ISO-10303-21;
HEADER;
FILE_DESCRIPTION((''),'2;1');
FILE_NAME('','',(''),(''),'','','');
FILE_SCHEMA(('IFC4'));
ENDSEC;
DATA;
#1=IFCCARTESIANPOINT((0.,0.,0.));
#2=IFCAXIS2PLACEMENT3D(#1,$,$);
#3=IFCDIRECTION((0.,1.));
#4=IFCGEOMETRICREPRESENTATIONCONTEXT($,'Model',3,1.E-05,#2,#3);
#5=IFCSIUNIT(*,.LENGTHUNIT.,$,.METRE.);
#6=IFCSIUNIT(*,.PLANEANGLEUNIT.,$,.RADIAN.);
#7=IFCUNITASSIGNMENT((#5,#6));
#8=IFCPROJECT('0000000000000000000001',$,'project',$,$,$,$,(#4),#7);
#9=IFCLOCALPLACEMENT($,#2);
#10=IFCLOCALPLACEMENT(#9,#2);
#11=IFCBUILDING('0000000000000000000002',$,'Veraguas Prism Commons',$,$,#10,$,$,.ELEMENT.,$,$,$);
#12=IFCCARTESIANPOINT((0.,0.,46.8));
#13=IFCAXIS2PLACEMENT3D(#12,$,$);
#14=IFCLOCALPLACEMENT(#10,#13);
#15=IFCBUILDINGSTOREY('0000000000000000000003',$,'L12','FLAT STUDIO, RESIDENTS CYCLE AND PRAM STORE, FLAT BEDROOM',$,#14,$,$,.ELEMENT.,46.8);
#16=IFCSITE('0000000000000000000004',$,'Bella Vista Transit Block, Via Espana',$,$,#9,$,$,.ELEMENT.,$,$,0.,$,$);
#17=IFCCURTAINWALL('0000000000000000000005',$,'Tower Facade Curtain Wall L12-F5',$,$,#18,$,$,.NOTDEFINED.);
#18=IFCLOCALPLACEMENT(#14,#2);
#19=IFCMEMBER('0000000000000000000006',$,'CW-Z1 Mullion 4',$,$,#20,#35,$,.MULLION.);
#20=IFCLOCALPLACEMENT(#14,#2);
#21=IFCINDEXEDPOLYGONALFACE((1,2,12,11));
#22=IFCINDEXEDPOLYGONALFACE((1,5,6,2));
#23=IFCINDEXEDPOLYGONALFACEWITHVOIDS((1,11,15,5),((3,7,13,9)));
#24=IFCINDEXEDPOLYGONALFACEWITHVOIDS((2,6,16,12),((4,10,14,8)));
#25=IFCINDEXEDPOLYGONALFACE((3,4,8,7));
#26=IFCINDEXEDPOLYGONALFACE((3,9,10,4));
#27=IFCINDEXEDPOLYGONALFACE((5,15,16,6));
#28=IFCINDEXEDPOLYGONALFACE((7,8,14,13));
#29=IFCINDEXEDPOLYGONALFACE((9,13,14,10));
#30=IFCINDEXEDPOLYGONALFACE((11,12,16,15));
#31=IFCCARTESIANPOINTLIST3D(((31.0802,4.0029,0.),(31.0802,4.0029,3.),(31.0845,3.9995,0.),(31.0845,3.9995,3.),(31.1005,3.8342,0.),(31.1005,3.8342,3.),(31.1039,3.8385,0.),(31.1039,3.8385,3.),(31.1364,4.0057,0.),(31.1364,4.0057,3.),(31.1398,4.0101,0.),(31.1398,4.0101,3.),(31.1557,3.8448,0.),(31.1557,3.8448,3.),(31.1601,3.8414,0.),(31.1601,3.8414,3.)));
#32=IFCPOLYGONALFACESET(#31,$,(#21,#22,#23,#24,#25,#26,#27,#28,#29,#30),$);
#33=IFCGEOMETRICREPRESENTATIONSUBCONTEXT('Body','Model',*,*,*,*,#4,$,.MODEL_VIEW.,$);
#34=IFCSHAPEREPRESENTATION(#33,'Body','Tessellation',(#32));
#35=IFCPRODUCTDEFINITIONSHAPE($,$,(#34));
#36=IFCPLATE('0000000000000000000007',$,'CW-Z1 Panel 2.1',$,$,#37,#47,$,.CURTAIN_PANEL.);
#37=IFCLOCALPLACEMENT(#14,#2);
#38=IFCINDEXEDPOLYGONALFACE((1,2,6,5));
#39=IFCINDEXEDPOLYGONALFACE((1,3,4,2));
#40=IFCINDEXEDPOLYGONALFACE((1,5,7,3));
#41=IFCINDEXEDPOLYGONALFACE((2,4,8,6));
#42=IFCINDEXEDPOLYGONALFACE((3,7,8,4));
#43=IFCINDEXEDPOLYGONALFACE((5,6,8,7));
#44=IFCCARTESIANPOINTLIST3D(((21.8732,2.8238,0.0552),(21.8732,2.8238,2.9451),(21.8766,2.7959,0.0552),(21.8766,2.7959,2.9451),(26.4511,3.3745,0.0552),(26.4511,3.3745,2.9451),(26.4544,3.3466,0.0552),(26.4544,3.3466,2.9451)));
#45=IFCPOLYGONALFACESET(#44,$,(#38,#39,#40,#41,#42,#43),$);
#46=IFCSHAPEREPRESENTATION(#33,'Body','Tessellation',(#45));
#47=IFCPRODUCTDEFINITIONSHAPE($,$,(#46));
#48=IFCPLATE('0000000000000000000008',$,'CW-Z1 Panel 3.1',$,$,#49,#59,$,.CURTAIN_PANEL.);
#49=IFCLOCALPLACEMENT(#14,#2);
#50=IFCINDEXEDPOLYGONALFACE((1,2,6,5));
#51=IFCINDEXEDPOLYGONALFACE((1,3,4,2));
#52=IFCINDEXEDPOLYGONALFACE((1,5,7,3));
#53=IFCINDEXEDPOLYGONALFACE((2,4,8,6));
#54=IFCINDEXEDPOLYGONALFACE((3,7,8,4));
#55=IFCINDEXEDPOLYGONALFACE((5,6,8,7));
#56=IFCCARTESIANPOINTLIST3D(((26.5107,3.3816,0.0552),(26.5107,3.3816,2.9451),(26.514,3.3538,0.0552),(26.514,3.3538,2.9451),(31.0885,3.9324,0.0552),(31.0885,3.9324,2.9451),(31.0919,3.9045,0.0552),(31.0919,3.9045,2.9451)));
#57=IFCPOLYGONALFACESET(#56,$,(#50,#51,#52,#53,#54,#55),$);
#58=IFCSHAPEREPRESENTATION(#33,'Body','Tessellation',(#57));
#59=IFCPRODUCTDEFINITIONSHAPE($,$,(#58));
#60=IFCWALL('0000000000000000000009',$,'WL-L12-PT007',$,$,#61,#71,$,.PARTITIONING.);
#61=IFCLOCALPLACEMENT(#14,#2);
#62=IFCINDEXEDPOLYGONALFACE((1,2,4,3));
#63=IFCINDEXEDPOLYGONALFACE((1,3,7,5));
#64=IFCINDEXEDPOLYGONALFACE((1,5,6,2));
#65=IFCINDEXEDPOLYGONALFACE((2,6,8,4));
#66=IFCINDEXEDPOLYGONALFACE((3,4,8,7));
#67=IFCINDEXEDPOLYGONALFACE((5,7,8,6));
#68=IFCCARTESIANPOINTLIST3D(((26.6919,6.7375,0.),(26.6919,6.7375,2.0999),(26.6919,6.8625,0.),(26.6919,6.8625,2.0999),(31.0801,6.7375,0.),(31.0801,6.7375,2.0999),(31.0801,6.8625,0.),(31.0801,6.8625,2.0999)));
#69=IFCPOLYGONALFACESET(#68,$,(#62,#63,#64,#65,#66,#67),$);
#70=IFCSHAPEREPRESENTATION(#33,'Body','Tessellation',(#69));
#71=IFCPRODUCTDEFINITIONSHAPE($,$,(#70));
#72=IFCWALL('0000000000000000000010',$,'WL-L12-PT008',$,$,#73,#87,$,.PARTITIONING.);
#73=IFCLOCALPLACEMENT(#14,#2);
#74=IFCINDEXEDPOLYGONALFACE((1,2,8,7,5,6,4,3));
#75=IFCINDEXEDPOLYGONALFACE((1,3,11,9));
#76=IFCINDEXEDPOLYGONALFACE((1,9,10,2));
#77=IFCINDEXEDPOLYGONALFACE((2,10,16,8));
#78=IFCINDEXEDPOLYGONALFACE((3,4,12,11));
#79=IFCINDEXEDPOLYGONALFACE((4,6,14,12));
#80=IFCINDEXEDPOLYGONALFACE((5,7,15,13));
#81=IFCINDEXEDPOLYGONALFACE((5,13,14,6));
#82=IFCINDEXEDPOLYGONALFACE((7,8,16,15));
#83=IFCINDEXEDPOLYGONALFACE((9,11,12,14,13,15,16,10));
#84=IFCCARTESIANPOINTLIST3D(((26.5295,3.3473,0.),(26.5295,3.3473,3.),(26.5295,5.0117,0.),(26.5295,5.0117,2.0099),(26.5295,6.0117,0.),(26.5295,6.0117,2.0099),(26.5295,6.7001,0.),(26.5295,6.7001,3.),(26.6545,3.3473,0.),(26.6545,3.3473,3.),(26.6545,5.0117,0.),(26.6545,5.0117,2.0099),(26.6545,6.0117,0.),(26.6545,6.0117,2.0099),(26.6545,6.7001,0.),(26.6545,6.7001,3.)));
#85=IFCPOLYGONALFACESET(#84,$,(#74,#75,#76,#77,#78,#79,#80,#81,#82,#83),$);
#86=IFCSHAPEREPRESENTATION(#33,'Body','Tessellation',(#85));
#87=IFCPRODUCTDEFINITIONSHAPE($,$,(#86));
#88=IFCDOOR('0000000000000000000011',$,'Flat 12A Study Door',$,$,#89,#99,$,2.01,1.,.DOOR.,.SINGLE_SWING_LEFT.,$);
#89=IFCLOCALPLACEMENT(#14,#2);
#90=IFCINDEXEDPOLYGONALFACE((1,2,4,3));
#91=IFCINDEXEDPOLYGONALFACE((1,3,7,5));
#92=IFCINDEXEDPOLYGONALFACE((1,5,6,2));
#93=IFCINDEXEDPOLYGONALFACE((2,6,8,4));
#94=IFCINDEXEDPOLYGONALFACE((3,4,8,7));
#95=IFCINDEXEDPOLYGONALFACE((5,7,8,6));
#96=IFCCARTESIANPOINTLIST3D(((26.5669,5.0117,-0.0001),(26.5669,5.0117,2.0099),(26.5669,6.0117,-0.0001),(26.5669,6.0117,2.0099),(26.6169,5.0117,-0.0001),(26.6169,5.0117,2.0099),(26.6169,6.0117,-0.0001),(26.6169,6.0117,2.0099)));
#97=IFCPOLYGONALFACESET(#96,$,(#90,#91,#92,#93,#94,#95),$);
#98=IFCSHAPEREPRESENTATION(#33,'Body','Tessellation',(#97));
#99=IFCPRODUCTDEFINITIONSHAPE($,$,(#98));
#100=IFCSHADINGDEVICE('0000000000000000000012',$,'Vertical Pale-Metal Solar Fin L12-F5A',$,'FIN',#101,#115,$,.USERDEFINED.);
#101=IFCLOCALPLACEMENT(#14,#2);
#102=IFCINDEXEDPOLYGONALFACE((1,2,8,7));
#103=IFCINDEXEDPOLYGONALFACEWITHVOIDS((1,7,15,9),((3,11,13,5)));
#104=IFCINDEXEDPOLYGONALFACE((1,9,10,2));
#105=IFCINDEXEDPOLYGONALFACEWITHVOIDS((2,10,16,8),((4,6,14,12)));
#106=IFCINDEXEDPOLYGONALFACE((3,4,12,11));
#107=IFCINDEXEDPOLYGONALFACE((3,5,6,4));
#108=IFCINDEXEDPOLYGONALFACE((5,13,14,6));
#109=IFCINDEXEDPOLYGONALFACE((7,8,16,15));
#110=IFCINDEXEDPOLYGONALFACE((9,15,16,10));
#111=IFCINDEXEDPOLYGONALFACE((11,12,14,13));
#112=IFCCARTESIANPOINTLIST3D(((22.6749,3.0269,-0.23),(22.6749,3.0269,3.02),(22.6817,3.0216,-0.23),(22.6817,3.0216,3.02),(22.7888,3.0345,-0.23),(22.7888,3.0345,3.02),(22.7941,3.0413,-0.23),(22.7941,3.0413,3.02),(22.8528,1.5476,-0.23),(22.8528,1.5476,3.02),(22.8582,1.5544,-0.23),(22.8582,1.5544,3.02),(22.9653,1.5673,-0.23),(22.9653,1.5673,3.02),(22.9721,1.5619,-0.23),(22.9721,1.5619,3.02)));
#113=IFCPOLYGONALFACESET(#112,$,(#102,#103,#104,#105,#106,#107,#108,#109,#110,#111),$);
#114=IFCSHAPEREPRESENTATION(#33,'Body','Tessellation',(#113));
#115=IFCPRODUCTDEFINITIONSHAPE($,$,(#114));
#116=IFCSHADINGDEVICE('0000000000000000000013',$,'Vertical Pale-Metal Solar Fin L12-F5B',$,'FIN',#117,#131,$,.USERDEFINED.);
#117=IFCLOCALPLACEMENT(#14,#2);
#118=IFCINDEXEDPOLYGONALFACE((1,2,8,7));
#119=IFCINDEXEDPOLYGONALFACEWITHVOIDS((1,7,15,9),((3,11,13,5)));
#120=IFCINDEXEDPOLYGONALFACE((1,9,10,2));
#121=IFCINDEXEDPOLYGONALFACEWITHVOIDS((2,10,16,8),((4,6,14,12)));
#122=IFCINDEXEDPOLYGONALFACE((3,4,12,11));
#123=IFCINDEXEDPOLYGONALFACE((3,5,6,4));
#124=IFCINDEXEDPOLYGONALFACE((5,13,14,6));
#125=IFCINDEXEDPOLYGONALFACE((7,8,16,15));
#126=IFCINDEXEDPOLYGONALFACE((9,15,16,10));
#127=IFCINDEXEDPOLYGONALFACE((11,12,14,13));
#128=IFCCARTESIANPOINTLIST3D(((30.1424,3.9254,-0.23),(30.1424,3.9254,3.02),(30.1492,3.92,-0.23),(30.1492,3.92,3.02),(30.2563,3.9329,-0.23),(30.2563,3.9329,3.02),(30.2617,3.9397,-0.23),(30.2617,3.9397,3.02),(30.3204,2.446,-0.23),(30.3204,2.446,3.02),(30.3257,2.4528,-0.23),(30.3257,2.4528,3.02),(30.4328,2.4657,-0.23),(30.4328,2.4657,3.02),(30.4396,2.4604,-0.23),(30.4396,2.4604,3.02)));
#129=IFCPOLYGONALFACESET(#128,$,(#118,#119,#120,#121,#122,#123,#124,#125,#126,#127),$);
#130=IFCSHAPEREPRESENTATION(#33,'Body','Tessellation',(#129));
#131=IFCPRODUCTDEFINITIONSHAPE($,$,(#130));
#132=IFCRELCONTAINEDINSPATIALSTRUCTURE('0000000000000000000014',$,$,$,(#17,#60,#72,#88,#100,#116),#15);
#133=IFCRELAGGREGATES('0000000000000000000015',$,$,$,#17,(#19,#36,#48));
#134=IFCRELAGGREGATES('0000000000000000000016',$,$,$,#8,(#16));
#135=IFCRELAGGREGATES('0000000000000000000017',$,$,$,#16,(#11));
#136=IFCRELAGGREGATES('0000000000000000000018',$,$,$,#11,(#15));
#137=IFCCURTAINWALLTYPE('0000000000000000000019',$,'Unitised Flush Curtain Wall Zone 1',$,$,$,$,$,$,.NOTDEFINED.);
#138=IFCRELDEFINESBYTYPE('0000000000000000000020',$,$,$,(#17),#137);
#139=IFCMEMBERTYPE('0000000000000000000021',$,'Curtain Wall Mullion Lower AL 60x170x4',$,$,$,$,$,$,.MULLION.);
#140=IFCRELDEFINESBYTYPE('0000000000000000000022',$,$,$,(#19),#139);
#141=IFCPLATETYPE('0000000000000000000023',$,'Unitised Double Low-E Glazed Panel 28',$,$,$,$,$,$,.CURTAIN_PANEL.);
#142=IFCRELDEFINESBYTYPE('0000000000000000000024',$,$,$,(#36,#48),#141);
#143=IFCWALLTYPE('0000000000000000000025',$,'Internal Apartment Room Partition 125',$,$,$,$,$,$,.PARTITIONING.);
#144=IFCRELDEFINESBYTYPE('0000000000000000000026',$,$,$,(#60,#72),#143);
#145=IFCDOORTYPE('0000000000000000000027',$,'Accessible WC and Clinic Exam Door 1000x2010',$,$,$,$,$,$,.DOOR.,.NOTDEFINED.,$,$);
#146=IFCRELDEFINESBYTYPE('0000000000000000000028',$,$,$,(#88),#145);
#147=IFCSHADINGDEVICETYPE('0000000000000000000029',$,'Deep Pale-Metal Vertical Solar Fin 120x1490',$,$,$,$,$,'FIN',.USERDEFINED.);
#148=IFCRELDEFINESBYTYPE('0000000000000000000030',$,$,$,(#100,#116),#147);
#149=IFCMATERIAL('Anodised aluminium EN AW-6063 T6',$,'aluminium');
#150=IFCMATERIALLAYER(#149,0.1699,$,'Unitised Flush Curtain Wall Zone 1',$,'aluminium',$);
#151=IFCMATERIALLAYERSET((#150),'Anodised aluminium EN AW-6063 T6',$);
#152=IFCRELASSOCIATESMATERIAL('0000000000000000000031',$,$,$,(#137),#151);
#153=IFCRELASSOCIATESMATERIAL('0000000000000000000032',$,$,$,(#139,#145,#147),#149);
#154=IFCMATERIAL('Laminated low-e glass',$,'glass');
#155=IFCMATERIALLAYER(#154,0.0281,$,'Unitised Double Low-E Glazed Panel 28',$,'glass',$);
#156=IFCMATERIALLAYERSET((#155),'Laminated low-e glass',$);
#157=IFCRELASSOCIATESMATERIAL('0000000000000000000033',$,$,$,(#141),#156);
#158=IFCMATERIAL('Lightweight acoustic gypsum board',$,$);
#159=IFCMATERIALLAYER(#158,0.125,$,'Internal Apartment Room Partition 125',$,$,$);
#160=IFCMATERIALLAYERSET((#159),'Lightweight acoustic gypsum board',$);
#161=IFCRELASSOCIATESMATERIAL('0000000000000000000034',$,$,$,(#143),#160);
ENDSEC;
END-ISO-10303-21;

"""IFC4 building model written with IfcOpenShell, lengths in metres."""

from ifc_helpers import new_model, si_unit, direction, frame, frame_2d, origin, origin_2d, place, context, subcontext, project, spatial, rectangle, hollow_rectangle, extrude, source, transform, mapped, material, layer, layer_set, material_profile, profile_set, type_object, element, fill, aggregate, save


model = new_model("IFC4")

# Units and contexts
model_context = context("Model", 3, precision=1e-05, world=origin(), true_north=direction((0.0, 1.0)))
body_context = subcontext(model_context, "Body", "Model", "MODEL_VIEW")
ifc_project = project(units=[si_unit("LENGTHUNIT", "METRE"), si_unit("PLANEANGLEUNIT", "RADIAN")], contexts=[model_context])

# Site, building, storey
site_placement = place(None, origin())
site = spatial("IfcSite", under=ifc_project, at=site_placement, Name="Bella Vista Transit Block, Via Espana", CompositionType="ELEMENT", RefElevation=0.0)
building_placement = place(site_placement, origin())
building = spatial("IfcBuilding", under=site, at=building_placement, Name="Veraguas Prism Commons", CompositionType="ELEMENT")
storey_placement = place(building_placement, frame((0.0, 0.0, 46.8)))
storey = spatial("IfcBuildingStorey", under=building, at=storey_placement, Name="L12", Description="FLAT STUDIO, RESIDENTS CYCLE AND PRAM STORE, FLAT BEDROOM", CompositionType="ELEMENT", Elevation=46.8)

# Curtain wall, member, plates
ifc_material_1 = material(Name="Anodised aluminium EN AW-6063 T6", Category="aluminium")
ifc_layer_1 = layer(ifc_material_1, 0.1699, Name="Unitised Flush Curtain Wall Zone 1", Category="aluminium")
ifc_layer_set_1 = layer_set([ifc_layer_1], Name="Anodised aluminium EN AW-6063 T6")
curtain_wall_type = type_object("IfcCurtainWallType", Name="Unitised Flush Curtain Wall Zone 1", PredefinedType="NOTDEFINED", material=ifc_layer_set_1)
curtain_wall_placement = place(storey_placement, origin())
curtain_wall = element("IfcCurtainWall", 1, at=curtain_wall_placement, inside=storey, type_object=curtain_wall_type, Name="Tower Facade Curtain Wall L12-F5", PredefinedType="NOTDEFINED")
ifc_material_profile_1 = material_profile(ifc_material_1, hollow_rectangle(XDim=0.0601, YDim=0.1699, WallThickness=0.0039, at=origin_2d()), Name="AL60X170X4")
ifc_profile_set_1 = profile_set([ifc_material_profile_1], Name="Anodised aluminium EN AW-6063 T6")
member_type = type_object("IfcMemberType", Name="Curtain Wall Mullion Lower AL 60x170x4", PredefinedType="MULLION", material=ifc_profile_set_1)
shared_shape_1 = source(origin(), body_context, "Body", "SweptSolid", [
    extrude(hollow_rectangle(XDim=0.0601, YDim=0.1699, WallThickness=0.0039, at=origin_2d()), origin(), (0.0, 0.0, 1.0), 3.0),
])
member_1_placement = place(storey_placement, frame((31.1201, 3.9221, 0.0), z_axis=(0.0, 0.0, 1.0), x_axis=(0.992841, 0.11944, 0.0)))
member_1 = element("IfcMember", 2, at=member_1_placement, type_object=member_type, Name="CW-Z1 Mullion 4", PredefinedType="MULLION", context=body_context, shape_type="MappedRepresentation", body=[
    mapped(shared_shape_1, transform((0.0, 0.0, 0.0), scale=1.0)),
])
ifc_material_2 = material(Name="Laminated low-e glass", Category="glass")
ifc_layer_2 = layer(ifc_material_2, 0.0281, Name="Unitised Double Low-E Glazed Panel 28", Category="glass")
ifc_layer_set_2 = layer_set([ifc_layer_2], Name="Laminated low-e glass")
plate_type = type_object("IfcPlateType", Name="Unitised Double Low-E Glazed Panel 28", PredefinedType="CURTAIN_PANEL", material=ifc_layer_set_2)
shared_shape_2 = source(origin(), body_context, "Body", "SweptSolid", [
    extrude(rectangle(XDim=4.6108, YDim=0.0281, at=origin_2d()), origin(), (0.0, 0.0, 1.0), 2.8899),
])
plate_1_placement = place(storey_placement, frame((24.1638, 3.0852, 0.0552), z_axis=(0.0, 0.0, 1.0), x_axis=(0.992841, 0.11944, 0.0)))
plate_1 = element("IfcPlate", 3, at=plate_1_placement, type_object=plate_type, Name="CW-Z1 Panel 2.1", PredefinedType="CURTAIN_PANEL", context=body_context, shape_type="MappedRepresentation", body=[
    mapped(shared_shape_2, transform((0.0, 0.0, 0.0), scale=1.0)),
])
plate_2_placement = place(storey_placement, frame((28.8013, 3.6431, 0.0552), z_axis=(0.0, 0.0, 1.0), x_axis=(0.992841, 0.11944, 0.0)))
plate_2 = element("IfcPlate", 4, at=plate_2_placement, type_object=plate_type, Name="CW-Z1 Panel 3.1", PredefinedType="CURTAIN_PANEL", context=body_context, shape_type="MappedRepresentation", body=[
    mapped(shared_shape_2, transform((0.0, 0.0, 0.0), scale=1.0)),
])
aggregate(curtain_wall, [member_1, plate_1, plate_2])

# Wall
ifc_material_3 = material(Name="Lightweight acoustic gypsum board")
ifc_layer_3 = layer(ifc_material_3, 0.125, Name="Internal Apartment Room Partition 125")
ifc_layer_set_3 = layer_set([ifc_layer_3], Name="Lightweight acoustic gypsum board")
wall_type = type_object("IfcWallType", Name="Internal Apartment Room Partition 125", PredefinedType="PARTITIONING", material=ifc_layer_set_3)
wall_1_placement = place(storey_placement, frame((26.6919, 6.8, 0.0), z_axis=(0.0, 0.0, 1.0), x_axis=(1.0, 0.0, 0.0)))
element("IfcWall", 5, at=wall_1_placement, inside=storey, type_object=wall_type, Name="WL-L12-PT007", PredefinedType="PARTITIONING", context=body_context, shape_type="SweptSolid", body=[
    extrude(rectangle(XDim=4.3882, YDim=0.125, at=frame_2d((2.1941, 0.0))), origin(), (0.0, 0.0, 1.0), 2.0999),
])

# Wall, opening, door
wall_2_placement = place(storey_placement, frame((26.592, 6.7, 0.0), z_axis=(0.0, 0.0, 1.0), x_axis=(0.0, -1.0, 0.0)))
wall_2 = element("IfcWall", 6, at=wall_2_placement, inside=storey, type_object=wall_type, Name="WL-L12-PT008", PredefinedType="PARTITIONING", context=body_context, shape_type="SweptSolid", body=[
    extrude(rectangle(XDim=3.3528, YDim=0.125, at=frame_2d((1.6763, 0.0))), origin(), (0.0, 0.0, 1.0), 3.0),
])
opening_placement = place(wall_2_placement, frame((0.6882, 0.0, 0.0)))
opening = element("IfcOpeningElement", 7, at=opening_placement, cuts=wall_2, PredefinedType="OPENING", context=body_context, shape_type="SweptSolid", body=[
    extrude(rectangle(XDim=1.0, YDim=2.01, at=frame_2d((0.5, 1.0049))), frame((0.0, 0.0725, 0.0), z_axis=(0.0, -1.0, 0.0), x_axis=(1.0, 0.0, 0.0)), (0.0, 0.0, 1.0), 0.145),
])
door_type = type_object("IfcDoorType", Name="Accessible WC and Clinic Exam Door 1000x2010", OperationType="NOTDEFINED", PredefinedType="DOOR", material=ifc_material_1)
shared_shape_3 = source(origin(), body_context, "Body", "SweptSolid", [
    extrude(rectangle(XDim=1.0, YDim=2.01, at=frame_2d((0.5, 1.0049))), frame((0.0, 0.0249, 0.0), z_axis=(0.0, -1.0, 0.0), x_axis=(1.0, 0.0, 0.0)), (0.0, 0.0, 1.0), 0.05),
])
door_placement = place(opening_placement, origin())
door = element("IfcDoor", 8, at=door_placement, inside=storey, type_object=door_type, Name="Flat 12A Study Door", OperationType="SINGLE_SWING_LEFT", OverallHeight=2.01, OverallWidth=1.0, PredefinedType="DOOR", context=body_context, shape_type="MappedRepresentation", body=[
    mapped(shared_shape_3, transform((0.0, 0.0, 0.0), scale=1.0)),
])
fill(opening, door)

# Shading devices
ifc_material_profile_2 = material_profile(ifc_material_1, hollow_rectangle(XDim=0.1201, YDim=1.49, WallThickness=0.0061, at=origin_2d()), Name="FIN120X1490X6")
ifc_profile_set_2 = profile_set([ifc_material_profile_2], Name="Anodised aluminium EN AW-6063 T6")
shading_device_type = type_object("IfcShadingDeviceType", Name="Deep Pale-Metal Vertical Solar Fin 120x1490", ElementType="FIN", PredefinedType="USERDEFINED", material=ifc_profile_set_2)
for number, where, z_axis, x_axis, name in (
    (9, (22.8235, 2.2944, -0.23), (0.0, 0.0, 1.0), (0.992841, 0.119444, 0.0), "Vertical Pale-Metal Solar Fin L12-F5A"),
    (10, (30.291, 3.1929, -0.23), (0.0, 0.0, 1.0), (0.992841, 0.119444, 0.0), "Vertical Pale-Metal Solar Fin L12-F5B"),
):
    element("IfcShadingDevice", number, at=place(storey_placement, frame(where, z_axis=z_axis, x_axis=x_axis)), inside=storey, type_object=shading_device_type, Name=name, ObjectType="FIN", PredefinedType="USERDEFINED", context=body_context, shape_type="SweptSolid", body=[
        extrude(hollow_rectangle(XDim=0.1201, YDim=1.49, WallThickness=0.0061, at=origin_2d()), origin(), (0.0, 0.0, 1.0), 3.25),
    ])

save(model, "model.ifc")
